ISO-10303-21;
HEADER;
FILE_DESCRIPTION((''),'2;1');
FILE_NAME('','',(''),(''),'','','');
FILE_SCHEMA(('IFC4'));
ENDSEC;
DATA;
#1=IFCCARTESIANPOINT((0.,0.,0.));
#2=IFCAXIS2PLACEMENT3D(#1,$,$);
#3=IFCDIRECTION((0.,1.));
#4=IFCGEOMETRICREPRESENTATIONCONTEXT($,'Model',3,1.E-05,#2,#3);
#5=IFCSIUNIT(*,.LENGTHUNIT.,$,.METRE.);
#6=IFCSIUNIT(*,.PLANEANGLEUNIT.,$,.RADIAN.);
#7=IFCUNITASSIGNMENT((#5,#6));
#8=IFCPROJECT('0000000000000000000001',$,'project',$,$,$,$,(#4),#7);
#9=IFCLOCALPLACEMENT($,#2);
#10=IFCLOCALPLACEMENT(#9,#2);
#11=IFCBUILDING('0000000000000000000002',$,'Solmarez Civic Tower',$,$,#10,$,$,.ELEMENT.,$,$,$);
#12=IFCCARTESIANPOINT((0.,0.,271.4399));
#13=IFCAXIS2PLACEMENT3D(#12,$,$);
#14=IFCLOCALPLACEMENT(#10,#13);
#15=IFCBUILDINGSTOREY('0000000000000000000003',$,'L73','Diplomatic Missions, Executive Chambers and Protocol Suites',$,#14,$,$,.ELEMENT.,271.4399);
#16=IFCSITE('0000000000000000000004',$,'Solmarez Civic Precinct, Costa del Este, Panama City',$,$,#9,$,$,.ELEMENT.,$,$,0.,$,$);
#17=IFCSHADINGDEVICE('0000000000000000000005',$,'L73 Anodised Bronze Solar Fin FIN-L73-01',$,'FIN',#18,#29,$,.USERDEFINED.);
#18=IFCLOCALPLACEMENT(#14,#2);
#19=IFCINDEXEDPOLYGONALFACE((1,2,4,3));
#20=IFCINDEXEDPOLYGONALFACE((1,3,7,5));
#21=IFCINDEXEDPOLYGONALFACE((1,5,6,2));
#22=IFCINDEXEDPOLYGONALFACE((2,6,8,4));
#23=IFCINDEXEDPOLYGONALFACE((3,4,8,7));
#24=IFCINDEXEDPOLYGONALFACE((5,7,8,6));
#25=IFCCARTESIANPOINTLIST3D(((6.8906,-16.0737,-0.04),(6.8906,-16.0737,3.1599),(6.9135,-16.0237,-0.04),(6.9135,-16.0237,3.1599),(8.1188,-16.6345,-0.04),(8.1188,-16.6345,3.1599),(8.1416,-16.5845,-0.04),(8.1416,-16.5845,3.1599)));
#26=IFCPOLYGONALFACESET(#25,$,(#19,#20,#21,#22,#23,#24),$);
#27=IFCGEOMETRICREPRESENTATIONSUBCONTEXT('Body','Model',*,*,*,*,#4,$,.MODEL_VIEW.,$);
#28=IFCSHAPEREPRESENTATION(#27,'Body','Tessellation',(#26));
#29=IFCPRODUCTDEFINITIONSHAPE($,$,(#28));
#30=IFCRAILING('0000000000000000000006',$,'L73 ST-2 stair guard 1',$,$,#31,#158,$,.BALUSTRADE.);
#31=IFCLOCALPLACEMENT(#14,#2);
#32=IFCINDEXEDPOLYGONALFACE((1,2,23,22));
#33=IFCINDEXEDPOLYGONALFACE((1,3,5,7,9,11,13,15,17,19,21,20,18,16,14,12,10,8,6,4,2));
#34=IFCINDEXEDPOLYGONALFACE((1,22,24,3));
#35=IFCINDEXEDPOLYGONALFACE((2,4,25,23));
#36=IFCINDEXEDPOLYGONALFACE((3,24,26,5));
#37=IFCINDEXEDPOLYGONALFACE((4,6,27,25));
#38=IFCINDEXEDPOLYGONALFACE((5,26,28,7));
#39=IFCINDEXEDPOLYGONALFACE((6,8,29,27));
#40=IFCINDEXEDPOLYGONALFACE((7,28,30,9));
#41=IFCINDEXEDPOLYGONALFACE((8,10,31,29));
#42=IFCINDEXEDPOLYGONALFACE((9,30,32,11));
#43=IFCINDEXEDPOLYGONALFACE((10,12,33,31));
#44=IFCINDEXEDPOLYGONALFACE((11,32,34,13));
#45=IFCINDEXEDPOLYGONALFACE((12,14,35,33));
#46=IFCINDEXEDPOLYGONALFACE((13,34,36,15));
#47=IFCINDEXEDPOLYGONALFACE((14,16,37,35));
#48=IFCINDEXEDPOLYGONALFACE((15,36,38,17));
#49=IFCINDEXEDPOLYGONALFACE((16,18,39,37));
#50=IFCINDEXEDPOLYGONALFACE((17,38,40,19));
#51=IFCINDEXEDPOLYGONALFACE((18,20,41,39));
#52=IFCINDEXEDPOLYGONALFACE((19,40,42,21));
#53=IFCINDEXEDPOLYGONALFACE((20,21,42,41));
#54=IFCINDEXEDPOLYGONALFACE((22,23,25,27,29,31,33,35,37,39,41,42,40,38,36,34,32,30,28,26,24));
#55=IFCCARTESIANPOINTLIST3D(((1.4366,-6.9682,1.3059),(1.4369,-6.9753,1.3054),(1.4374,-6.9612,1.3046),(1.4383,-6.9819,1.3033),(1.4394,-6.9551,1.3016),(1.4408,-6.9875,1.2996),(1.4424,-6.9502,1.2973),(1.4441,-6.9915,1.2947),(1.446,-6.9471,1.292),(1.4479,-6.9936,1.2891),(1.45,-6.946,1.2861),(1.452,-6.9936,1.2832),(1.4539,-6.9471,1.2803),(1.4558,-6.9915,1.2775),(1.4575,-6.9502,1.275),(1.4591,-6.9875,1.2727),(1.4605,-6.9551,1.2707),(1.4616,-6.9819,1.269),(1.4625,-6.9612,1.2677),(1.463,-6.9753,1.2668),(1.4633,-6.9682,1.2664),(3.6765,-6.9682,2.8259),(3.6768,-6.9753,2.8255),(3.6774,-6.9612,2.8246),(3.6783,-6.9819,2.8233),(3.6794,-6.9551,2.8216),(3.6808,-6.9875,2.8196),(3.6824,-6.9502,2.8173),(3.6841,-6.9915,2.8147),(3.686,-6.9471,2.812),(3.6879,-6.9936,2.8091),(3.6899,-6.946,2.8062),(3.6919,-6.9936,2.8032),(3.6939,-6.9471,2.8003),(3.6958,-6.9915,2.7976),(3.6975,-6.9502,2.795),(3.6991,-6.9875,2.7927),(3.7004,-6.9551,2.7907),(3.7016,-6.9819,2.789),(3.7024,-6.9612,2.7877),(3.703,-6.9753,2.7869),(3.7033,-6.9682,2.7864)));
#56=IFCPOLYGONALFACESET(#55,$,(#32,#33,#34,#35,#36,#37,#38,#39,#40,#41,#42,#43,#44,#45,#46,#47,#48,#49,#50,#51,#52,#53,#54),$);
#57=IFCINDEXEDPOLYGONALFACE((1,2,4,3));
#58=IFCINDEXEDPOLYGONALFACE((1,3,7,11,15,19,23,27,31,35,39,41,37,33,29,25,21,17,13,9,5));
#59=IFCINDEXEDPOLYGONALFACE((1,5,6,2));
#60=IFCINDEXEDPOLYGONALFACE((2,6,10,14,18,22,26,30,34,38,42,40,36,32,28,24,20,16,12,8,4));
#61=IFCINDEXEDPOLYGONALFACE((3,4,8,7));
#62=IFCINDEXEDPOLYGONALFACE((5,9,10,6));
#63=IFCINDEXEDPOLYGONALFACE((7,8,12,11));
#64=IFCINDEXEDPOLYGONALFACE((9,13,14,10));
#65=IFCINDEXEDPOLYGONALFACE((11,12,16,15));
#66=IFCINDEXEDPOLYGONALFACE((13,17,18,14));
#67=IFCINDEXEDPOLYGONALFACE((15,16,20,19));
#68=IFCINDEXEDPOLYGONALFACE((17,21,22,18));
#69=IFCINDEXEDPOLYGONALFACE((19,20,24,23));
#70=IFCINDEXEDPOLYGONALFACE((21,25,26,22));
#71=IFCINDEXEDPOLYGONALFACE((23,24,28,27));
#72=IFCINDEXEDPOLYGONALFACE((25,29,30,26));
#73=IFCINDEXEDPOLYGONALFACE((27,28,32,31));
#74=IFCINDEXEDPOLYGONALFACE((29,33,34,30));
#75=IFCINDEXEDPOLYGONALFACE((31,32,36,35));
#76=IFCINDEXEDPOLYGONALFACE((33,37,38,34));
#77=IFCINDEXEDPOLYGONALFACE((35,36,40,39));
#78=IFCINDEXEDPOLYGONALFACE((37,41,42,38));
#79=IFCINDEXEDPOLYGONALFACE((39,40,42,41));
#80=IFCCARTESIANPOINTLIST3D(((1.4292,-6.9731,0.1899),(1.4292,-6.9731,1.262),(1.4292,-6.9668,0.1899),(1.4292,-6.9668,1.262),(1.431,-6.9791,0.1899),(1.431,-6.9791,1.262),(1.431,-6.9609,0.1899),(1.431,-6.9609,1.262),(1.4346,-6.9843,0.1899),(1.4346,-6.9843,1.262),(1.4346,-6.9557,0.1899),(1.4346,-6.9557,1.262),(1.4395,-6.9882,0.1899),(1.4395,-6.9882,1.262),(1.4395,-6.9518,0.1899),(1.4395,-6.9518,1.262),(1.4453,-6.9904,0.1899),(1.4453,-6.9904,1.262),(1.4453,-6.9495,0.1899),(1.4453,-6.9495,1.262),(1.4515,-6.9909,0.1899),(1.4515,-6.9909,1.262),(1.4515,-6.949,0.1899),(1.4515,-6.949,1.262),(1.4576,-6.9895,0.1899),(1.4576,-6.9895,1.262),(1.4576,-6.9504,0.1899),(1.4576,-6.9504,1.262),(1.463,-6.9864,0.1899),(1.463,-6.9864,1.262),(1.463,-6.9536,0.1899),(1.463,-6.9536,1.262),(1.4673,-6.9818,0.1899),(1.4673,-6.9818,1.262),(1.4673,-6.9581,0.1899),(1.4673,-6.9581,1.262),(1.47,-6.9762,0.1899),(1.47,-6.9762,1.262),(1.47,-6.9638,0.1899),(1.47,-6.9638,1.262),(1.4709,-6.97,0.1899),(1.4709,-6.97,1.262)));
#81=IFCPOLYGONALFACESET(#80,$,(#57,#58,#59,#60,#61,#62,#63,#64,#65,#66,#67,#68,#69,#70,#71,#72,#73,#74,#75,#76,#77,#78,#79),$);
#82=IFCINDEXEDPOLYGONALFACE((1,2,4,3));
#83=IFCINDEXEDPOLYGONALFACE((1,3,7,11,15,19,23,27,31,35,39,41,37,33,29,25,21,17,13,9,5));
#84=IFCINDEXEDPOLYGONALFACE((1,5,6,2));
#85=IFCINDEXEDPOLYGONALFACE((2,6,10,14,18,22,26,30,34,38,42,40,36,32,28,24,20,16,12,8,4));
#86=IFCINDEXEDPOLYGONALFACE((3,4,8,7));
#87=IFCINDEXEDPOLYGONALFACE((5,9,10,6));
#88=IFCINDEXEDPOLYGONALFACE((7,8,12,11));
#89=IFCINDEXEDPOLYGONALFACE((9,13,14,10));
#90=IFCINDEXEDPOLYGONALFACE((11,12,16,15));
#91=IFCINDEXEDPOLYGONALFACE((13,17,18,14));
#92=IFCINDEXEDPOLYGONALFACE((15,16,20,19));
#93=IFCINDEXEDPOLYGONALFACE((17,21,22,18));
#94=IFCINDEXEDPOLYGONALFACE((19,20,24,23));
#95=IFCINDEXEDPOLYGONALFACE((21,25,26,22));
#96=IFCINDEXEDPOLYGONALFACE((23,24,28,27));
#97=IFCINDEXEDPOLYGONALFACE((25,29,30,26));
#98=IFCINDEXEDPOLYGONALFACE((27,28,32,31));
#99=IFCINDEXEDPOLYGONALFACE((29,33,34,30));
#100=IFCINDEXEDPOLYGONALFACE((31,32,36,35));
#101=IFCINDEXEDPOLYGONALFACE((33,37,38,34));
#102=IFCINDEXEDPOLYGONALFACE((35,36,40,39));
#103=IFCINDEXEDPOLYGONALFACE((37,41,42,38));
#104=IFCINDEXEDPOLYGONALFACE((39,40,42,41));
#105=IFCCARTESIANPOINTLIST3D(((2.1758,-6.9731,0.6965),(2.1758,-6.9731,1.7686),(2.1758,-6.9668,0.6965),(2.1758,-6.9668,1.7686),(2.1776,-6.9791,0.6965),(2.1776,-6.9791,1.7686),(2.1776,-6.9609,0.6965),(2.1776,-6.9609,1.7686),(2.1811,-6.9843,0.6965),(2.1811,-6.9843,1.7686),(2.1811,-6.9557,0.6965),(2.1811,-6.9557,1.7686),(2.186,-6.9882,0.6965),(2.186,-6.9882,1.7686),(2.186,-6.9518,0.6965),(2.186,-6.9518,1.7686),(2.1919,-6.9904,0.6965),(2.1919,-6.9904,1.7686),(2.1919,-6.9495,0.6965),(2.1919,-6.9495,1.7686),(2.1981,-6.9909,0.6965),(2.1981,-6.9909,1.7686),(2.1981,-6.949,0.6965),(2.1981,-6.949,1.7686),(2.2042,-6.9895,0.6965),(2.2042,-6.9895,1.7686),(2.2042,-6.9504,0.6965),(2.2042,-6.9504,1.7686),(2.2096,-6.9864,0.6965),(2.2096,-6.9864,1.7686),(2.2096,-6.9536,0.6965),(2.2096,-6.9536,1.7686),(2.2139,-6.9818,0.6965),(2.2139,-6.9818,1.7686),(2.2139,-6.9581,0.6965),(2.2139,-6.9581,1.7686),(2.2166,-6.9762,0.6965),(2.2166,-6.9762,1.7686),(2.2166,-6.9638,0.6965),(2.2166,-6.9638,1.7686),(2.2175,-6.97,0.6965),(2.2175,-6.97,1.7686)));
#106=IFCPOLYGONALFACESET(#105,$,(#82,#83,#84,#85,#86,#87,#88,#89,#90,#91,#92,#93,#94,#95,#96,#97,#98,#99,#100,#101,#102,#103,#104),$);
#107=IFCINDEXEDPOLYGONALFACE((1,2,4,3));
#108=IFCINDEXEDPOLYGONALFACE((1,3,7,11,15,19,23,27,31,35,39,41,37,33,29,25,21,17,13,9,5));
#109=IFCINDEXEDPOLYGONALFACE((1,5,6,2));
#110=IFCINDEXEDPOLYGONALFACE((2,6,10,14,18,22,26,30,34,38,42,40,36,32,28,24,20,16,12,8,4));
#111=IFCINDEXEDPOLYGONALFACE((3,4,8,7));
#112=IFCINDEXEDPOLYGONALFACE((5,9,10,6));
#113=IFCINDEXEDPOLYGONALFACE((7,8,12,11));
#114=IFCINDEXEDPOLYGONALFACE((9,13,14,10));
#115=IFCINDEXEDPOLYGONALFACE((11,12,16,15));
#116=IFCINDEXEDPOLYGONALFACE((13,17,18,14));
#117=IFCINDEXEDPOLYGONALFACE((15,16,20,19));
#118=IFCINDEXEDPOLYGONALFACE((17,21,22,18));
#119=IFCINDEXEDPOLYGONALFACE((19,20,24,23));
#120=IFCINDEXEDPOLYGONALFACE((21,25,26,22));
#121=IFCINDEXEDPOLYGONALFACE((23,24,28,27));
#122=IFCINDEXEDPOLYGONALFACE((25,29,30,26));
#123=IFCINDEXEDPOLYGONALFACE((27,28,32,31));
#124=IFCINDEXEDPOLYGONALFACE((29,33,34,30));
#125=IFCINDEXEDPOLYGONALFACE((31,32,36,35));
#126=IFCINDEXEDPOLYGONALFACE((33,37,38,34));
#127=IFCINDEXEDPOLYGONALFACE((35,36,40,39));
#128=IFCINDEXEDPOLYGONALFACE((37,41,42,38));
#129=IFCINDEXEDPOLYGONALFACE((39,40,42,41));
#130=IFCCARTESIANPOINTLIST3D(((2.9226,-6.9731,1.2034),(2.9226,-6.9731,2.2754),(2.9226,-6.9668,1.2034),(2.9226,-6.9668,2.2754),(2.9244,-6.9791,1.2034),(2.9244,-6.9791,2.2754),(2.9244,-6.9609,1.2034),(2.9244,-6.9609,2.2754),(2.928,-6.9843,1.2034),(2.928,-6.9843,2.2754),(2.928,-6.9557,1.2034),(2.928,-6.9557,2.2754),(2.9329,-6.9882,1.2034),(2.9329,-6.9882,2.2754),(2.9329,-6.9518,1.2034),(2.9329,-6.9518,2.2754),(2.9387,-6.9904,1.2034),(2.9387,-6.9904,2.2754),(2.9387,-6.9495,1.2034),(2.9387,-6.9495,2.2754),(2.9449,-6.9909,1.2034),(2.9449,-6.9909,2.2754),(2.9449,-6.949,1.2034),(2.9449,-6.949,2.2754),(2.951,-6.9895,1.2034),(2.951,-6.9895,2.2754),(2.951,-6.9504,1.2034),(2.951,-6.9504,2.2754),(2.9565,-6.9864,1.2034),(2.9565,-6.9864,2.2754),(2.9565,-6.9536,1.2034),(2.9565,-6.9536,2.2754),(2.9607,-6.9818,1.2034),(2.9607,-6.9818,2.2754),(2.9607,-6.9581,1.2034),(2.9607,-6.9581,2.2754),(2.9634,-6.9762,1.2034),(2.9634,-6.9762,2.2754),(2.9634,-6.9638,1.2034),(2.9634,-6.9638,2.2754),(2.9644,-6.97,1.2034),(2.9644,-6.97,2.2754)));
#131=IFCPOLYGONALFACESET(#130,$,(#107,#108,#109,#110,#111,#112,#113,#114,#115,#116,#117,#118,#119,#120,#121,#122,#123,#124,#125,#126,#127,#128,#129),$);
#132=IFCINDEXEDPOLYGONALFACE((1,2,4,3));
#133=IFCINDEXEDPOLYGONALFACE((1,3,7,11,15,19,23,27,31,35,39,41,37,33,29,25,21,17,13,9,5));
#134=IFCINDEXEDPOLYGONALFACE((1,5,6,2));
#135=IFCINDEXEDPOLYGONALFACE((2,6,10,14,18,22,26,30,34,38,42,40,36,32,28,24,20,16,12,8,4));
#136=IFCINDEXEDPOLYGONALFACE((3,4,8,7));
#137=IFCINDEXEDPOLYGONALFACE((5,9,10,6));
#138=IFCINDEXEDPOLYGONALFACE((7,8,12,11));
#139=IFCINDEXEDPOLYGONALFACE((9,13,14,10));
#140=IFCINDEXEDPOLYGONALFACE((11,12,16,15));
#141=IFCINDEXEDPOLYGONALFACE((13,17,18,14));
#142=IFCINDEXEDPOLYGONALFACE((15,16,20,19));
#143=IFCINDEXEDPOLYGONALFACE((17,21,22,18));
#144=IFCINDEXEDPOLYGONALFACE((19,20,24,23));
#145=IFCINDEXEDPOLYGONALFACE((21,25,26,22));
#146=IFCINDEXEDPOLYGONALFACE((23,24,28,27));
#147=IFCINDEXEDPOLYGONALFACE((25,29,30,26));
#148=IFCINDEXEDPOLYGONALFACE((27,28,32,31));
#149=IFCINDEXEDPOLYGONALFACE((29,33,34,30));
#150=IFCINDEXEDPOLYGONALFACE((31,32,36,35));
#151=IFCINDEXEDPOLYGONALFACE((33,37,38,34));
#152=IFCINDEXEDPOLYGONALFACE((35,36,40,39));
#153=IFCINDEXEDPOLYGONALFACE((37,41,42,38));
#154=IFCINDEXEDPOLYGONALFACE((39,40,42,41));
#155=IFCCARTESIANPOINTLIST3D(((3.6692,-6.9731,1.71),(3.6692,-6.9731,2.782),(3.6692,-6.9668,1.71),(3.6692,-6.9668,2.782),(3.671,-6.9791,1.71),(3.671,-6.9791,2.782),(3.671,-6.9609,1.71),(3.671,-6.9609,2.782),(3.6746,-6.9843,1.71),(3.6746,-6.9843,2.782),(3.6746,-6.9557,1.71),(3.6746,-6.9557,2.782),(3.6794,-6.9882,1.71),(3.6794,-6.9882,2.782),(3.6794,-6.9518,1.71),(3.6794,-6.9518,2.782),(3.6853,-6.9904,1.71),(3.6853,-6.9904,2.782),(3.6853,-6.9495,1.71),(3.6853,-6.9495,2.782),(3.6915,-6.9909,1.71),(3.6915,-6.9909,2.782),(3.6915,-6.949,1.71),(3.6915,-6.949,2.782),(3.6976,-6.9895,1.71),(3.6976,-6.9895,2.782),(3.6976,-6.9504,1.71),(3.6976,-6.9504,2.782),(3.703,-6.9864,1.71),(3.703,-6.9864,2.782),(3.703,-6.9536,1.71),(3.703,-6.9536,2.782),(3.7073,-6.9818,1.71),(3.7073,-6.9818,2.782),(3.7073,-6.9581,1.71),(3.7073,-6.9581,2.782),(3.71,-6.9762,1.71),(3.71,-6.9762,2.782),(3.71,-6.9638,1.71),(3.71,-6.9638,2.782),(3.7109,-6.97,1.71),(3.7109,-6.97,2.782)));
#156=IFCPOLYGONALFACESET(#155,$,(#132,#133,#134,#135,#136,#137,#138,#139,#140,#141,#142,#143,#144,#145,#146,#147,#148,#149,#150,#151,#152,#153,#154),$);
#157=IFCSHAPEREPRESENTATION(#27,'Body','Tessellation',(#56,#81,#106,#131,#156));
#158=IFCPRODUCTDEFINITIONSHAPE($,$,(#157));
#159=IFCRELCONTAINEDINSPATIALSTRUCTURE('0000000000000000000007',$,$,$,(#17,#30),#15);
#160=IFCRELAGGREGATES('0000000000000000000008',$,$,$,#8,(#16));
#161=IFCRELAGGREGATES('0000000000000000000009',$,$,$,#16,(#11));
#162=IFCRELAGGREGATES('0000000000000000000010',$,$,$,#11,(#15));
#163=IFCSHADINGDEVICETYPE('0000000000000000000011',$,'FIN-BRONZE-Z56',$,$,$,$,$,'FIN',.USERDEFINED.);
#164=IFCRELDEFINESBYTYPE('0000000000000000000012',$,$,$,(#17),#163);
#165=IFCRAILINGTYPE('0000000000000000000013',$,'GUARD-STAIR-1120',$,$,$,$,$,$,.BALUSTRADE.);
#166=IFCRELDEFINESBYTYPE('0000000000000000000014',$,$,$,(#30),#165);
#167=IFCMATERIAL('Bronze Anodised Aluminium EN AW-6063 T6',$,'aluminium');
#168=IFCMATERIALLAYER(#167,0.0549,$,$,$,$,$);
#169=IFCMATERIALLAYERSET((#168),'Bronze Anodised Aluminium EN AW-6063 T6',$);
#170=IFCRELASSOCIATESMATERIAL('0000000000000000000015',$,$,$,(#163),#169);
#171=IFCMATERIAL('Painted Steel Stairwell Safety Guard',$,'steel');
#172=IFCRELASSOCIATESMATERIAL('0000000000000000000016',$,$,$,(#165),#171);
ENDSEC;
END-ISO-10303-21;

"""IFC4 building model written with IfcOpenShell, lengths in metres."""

from ifc_helpers import new_model, si_unit, direction, frame, origin, origin_2d, place, context, subcontext, project, spatial, rectangle, circle, extrude, material, layer, layer_set, type_object, element, save


model = new_model("IFC4")

# Units and contexts
model_context = context("Model", 3, precision=1e-05, world=origin(), true_north=direction((0.0, 1.0)))
body_context = subcontext(model_context, "Body", "Model", "MODEL_VIEW")
ifc_project = project(units=[si_unit("LENGTHUNIT", "METRE"), si_unit("PLANEANGLEUNIT", "RADIAN")], contexts=[model_context])

# Site, building, storey
site_placement = place(None, origin())
site = spatial("IfcSite", under=ifc_project, at=site_placement, Name="Solmarez Civic Precinct, Costa del Este, Panama City", CompositionType="ELEMENT", RefElevation=0.0)
building_placement = place(site_placement, origin())
building = spatial("IfcBuilding", under=site, at=building_placement, Name="Solmarez Civic Tower", CompositionType="ELEMENT")
storey_placement = place(building_placement, frame((0.0, 0.0, 271.4399)))
storey = spatial("IfcBuildingStorey", under=building, at=storey_placement, Name="L73", Description="Diplomatic Missions, Executive Chambers and Protocol Suites", CompositionType="ELEMENT", Elevation=271.4399)

# Shared definitions
ifc_material_1 = material(Name="Bronze Anodised Aluminium EN AW-6063 T6", Category="aluminium")

# Shading device
ifc_layer_1 = layer(ifc_material_1, 0.0549)
ifc_layer_set_1 = layer_set([ifc_layer_1], Name="Bronze Anodised Aluminium EN AW-6063 T6")
shading_device_type = type_object("IfcShadingDeviceType", Name="FIN-BRONZE-Z56", ElementType="FIN", PredefinedType="USERDEFINED", material=ifc_layer_set_1)
shading_device_placement = place(storey_placement, frame((7.5161, -16.3291, -0.04), z_axis=(0.0, 0.0, 1.0), x_axis=(0.909657, -0.41536, 0.0)))
element("IfcShadingDevice", 1, at=shading_device_placement, inside=storey, type_object=shading_device_type, Name="L73 Anodised Bronze Solar Fin FIN-L73-01", ObjectType="FIN", PredefinedType="USERDEFINED", context=body_context, shape_type="SweptSolid", body=[
    extrude(rectangle(XDim=1.3501, YDim=0.0549, at=origin_2d()), origin(), (0.0, 0.0, 1.0), 3.2),
])

# Railing
ifc_material_2 = material(Name="Painted Steel Stairwell Safety Guard", Category="steel")
railing_type_1 = type_object("IfcRailingType", Name="GUARD-STAIR-1120", PredefinedType="BALUSTRADE", material=ifc_material_2)
railing_1_placement = place(storey_placement, frame((1.45, -6.97, 0.1899)))
element("IfcRailing", 2, at=railing_1_placement, inside=storey, type_object=railing_type_1, Name="L73 ST-2 stair guard 1", PredefinedType="BALUSTRADE", context=body_context, shape_type="SweptSolid", body=[
    extrude(circle(Radius=0.0239, at=origin_2d()), frame((0.0, 0.0, 1.0962), z_axis=(0.827471, 0.0, 0.561508), x_axis=(0.0, 1.0, 0.0)), (0.0, 0.0, 1.0), 2.707),
    extrude(circle(Radius=0.021, at=origin_2d()), origin(), (0.0, 0.0, 1.0), 1.072),
    extrude(circle(Radius=0.021, at=origin_2d()), frame((0.7466, 0.0, 0.5066)), (0.0, 0.0, 1.0), 1.072),
    extrude(circle(Radius=0.021, at=origin_2d()), frame((1.4934, 0.0, 1.0134)), (0.0, 0.0, 1.0), 1.072),
    extrude(circle(Radius=0.021, at=origin_2d()), frame((2.24, 0.0, 1.52)), (0.0, 0.0, 1.0), 1.072),
])

save(model, "model.ifc")
